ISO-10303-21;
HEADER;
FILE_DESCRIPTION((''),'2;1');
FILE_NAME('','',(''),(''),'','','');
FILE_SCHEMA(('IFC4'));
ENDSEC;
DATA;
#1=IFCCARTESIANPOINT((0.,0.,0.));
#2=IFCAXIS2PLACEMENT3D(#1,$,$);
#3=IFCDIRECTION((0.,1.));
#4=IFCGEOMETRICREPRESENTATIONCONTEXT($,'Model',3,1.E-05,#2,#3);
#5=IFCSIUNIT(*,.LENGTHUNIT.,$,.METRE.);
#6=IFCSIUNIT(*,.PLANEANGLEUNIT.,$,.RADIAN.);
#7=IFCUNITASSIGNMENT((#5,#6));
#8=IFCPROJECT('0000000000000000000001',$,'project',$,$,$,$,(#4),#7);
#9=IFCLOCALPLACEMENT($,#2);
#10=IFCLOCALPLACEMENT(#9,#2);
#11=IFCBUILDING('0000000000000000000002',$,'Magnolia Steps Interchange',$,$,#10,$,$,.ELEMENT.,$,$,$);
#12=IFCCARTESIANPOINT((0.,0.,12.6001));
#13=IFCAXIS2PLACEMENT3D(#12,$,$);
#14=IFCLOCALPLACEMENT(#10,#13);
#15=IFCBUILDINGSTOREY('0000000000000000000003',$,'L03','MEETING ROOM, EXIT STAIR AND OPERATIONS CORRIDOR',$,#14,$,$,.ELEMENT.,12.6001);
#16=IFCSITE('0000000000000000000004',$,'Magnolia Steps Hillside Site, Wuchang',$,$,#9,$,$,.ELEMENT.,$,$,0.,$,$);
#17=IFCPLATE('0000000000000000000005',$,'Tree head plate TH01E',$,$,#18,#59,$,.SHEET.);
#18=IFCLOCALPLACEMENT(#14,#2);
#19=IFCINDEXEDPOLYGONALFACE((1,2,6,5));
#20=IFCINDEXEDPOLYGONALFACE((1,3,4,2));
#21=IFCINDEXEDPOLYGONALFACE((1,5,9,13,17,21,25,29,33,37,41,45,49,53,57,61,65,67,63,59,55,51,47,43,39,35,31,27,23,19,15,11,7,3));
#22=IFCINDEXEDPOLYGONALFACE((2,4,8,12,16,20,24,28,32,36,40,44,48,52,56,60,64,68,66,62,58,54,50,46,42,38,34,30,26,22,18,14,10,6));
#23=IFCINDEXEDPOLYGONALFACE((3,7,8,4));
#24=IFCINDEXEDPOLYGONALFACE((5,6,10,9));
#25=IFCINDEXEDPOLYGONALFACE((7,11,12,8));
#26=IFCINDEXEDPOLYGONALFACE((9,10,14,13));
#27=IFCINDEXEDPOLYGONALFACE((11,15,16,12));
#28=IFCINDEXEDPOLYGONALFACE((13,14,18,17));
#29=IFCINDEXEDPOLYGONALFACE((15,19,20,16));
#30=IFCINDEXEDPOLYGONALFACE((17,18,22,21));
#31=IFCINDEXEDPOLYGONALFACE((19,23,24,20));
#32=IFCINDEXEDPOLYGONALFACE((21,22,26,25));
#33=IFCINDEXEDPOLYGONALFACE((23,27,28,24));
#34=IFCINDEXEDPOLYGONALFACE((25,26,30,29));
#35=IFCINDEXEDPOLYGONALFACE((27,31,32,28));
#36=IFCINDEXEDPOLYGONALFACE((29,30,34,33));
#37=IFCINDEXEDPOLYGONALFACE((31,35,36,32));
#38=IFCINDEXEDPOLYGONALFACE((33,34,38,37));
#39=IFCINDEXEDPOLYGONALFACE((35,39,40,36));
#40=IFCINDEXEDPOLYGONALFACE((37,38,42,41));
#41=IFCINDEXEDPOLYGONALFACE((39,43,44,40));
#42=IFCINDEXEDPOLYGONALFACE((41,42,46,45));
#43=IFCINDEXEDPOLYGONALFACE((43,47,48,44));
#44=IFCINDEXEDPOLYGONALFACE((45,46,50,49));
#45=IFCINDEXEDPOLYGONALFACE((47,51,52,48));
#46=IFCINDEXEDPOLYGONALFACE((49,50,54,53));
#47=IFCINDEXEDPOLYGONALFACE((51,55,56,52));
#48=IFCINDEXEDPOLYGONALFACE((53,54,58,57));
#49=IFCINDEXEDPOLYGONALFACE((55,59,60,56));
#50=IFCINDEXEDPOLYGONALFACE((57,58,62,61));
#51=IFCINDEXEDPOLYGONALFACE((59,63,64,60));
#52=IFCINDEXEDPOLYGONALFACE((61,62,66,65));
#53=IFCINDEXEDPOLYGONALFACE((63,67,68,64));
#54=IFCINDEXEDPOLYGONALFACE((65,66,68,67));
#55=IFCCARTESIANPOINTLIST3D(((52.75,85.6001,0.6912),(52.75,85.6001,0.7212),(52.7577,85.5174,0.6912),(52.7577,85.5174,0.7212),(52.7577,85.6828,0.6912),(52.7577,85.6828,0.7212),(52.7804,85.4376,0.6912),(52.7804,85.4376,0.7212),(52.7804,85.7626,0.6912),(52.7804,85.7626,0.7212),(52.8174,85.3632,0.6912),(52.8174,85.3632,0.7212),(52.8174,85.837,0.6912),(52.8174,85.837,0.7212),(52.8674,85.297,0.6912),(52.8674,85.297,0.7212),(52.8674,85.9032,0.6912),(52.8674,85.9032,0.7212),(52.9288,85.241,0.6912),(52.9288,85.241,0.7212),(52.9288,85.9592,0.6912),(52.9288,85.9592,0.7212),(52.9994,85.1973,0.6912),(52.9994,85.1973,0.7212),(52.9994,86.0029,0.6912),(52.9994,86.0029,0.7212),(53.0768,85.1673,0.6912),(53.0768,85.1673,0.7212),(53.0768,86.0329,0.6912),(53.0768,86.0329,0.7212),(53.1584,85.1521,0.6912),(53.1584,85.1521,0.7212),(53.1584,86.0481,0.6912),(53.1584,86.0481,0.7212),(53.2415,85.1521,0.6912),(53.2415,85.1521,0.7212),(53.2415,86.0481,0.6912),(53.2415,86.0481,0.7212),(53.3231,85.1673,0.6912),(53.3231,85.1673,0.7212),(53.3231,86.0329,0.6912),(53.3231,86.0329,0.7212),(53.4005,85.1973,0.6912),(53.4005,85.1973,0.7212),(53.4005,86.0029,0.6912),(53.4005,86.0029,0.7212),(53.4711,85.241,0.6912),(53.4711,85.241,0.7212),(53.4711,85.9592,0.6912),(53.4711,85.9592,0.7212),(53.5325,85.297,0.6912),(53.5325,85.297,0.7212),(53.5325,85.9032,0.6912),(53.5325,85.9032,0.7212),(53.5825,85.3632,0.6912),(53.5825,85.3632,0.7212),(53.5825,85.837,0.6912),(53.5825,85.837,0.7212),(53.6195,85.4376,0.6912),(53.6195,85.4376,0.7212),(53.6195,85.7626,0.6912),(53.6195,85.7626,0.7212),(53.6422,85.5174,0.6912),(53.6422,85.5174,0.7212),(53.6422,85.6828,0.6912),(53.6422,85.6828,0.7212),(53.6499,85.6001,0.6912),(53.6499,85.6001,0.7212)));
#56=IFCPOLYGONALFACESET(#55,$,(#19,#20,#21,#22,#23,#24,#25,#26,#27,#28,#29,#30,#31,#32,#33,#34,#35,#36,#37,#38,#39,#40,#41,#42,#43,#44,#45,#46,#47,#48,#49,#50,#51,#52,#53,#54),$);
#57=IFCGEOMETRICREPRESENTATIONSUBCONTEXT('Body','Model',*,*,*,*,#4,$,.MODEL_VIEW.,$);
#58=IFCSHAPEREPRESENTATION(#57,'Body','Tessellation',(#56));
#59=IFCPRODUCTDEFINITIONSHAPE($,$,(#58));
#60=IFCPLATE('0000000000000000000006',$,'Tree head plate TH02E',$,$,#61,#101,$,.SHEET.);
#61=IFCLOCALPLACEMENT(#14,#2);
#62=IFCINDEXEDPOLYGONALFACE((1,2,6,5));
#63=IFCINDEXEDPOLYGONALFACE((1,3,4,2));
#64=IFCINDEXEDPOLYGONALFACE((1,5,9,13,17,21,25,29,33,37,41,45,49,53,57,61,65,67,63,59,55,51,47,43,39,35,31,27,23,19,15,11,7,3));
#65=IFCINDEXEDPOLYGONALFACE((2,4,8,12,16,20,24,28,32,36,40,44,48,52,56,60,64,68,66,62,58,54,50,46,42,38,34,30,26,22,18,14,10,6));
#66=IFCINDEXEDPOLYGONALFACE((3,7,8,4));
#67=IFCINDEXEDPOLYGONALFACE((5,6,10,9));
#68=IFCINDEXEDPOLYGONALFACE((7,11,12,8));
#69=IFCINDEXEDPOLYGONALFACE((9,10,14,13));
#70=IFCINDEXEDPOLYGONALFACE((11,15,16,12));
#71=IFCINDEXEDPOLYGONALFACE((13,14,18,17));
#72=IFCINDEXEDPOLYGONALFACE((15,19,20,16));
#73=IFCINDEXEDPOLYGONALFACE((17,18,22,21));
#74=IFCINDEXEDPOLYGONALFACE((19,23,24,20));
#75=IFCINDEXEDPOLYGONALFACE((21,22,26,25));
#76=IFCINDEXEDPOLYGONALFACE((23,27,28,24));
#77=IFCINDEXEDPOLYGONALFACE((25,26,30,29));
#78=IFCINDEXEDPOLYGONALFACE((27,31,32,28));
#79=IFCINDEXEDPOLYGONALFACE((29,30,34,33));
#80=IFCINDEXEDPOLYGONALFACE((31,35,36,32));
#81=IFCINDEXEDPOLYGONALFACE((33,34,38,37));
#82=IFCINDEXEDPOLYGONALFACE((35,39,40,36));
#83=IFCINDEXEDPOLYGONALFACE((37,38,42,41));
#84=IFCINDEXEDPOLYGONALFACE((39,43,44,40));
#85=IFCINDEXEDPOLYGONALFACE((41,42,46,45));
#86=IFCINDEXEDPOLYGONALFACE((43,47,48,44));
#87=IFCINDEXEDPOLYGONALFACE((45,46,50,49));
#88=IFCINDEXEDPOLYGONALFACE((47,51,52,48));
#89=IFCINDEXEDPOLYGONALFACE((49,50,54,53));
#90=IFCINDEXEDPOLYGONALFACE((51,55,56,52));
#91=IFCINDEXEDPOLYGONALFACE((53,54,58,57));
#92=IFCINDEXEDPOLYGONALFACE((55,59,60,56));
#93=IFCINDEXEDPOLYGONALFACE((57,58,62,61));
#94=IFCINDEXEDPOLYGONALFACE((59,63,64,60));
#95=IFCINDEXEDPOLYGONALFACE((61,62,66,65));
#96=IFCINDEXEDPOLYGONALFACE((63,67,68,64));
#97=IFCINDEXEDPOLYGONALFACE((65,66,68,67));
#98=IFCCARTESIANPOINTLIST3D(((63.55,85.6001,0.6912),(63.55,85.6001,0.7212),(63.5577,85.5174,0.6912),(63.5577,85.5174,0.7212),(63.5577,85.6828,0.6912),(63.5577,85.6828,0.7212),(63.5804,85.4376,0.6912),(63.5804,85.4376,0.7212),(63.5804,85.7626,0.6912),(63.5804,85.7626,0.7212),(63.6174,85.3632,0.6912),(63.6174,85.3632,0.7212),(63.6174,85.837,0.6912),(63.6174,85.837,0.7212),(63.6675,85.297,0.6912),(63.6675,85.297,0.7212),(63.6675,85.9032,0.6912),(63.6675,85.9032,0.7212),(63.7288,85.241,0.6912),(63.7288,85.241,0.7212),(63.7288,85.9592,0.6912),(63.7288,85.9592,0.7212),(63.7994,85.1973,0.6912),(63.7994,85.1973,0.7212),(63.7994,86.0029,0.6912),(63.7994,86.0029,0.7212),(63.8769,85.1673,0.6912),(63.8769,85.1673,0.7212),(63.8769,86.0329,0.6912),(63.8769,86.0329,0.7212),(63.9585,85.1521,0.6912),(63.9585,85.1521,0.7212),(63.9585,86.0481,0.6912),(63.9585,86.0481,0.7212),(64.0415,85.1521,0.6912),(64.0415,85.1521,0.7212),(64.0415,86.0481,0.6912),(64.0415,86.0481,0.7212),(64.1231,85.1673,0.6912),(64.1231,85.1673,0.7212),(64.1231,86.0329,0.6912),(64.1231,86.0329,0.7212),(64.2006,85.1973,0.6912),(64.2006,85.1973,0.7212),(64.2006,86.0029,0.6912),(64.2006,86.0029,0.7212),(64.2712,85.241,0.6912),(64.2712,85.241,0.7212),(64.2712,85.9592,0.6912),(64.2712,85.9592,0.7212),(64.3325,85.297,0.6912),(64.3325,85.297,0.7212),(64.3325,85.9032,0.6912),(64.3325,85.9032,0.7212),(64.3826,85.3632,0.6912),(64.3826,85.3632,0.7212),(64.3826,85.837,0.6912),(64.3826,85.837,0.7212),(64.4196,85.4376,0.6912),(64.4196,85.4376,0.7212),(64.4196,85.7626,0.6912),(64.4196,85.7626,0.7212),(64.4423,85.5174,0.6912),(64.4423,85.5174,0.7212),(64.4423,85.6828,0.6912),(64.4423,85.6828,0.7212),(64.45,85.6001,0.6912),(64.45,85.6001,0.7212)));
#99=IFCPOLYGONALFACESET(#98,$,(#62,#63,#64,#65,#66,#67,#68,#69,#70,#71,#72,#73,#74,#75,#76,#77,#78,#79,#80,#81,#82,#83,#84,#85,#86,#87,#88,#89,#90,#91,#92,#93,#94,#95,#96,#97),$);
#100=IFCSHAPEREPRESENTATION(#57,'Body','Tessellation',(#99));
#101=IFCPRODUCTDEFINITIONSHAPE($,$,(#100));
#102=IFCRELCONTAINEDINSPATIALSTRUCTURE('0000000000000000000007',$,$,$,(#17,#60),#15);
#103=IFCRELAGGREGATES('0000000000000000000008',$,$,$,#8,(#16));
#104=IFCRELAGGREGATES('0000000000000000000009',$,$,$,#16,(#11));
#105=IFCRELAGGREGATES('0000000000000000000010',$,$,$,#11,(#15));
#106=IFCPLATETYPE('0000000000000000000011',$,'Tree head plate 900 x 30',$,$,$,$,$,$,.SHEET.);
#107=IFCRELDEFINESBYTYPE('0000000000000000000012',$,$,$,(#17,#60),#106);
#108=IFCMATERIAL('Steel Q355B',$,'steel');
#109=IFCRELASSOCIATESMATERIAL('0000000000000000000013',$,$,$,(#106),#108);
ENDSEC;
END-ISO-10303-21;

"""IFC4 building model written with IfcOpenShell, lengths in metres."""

from ifc_helpers import new_model, si_unit, direction, frame, origin, origin_2d, place, context, subcontext, project, spatial, circle, extrude, material, material_profile, profile_set, type_object, element, save


model = new_model("IFC4")

# Units and contexts
model_context = context("Model", 3, precision=1e-05, world=origin(), true_north=direction((0.0, 1.0)))
body_context = subcontext(model_context, "Body", "Model", "MODEL_VIEW")
ifc_project = project(units=[si_unit("LENGTHUNIT", "METRE"), si_unit("PLANEANGLEUNIT", "RADIAN")], contexts=[model_context])

# Site, building, storey
site_placement = place(None, origin())
site = spatial("IfcSite", under=ifc_project, at=site_placement, Name="Magnolia Steps Hillside Site, Wuchang", CompositionType="ELEMENT", RefElevation=0.0)
building_placement = place(site_placement, origin())
building = spatial("IfcBuilding", under=site, at=building_placement, Name="Magnolia Steps Interchange", CompositionType="ELEMENT")
storey_placement = place(building_placement, frame((0.0, 0.0, 12.6001)))
storey = spatial("IfcBuildingStorey", under=building, at=storey_placement, Name="L03", Description="MEETING ROOM, EXIT STAIR AND OPERATIONS CORRIDOR", CompositionType="ELEMENT", Elevation=12.6001)

# Plates
ifc_material_1 = material(Name="Steel Q355B", Category="steel")
ifc_material_profile_1 = material_profile(ifc_material_1, circle(Radius=0.45, at=origin_2d()), Name="Tree head plate 900 x 30")
ifc_profile_set_1 = profile_set([ifc_material_profile_1], Name="Steel Q355B")
plate_type = type_object("IfcPlateType", Name="Tree head plate 900 x 30", PredefinedType="SHEET", material=ifc_profile_set_1)
for number, where, z_axis, x_axis, name in (
    (1, (53.2, 85.6001, 0.6912), (0.0, 0.0, 1.0), (1.0, 0.0, 0.0), "Tree head plate TH01E"),
    (2, (64.0, 85.6001, 0.6912), (0.0, 0.0, 1.0), (1.0, 0.0, 0.0), "Tree head plate TH02E"),
):
    element("IfcPlate", number, at=place(storey_placement, frame(where, z_axis=z_axis, x_axis=x_axis)), inside=storey, type_object=plate_type, Name=name, PredefinedType="SHEET", context=body_context, shape_type="SweptSolid", body=[
        extrude(circle(Radius=0.45, at=origin_2d()), origin(), (0.0, 0.0, 1.0), 0.03),
    ])

save(model, "model.ifc")
